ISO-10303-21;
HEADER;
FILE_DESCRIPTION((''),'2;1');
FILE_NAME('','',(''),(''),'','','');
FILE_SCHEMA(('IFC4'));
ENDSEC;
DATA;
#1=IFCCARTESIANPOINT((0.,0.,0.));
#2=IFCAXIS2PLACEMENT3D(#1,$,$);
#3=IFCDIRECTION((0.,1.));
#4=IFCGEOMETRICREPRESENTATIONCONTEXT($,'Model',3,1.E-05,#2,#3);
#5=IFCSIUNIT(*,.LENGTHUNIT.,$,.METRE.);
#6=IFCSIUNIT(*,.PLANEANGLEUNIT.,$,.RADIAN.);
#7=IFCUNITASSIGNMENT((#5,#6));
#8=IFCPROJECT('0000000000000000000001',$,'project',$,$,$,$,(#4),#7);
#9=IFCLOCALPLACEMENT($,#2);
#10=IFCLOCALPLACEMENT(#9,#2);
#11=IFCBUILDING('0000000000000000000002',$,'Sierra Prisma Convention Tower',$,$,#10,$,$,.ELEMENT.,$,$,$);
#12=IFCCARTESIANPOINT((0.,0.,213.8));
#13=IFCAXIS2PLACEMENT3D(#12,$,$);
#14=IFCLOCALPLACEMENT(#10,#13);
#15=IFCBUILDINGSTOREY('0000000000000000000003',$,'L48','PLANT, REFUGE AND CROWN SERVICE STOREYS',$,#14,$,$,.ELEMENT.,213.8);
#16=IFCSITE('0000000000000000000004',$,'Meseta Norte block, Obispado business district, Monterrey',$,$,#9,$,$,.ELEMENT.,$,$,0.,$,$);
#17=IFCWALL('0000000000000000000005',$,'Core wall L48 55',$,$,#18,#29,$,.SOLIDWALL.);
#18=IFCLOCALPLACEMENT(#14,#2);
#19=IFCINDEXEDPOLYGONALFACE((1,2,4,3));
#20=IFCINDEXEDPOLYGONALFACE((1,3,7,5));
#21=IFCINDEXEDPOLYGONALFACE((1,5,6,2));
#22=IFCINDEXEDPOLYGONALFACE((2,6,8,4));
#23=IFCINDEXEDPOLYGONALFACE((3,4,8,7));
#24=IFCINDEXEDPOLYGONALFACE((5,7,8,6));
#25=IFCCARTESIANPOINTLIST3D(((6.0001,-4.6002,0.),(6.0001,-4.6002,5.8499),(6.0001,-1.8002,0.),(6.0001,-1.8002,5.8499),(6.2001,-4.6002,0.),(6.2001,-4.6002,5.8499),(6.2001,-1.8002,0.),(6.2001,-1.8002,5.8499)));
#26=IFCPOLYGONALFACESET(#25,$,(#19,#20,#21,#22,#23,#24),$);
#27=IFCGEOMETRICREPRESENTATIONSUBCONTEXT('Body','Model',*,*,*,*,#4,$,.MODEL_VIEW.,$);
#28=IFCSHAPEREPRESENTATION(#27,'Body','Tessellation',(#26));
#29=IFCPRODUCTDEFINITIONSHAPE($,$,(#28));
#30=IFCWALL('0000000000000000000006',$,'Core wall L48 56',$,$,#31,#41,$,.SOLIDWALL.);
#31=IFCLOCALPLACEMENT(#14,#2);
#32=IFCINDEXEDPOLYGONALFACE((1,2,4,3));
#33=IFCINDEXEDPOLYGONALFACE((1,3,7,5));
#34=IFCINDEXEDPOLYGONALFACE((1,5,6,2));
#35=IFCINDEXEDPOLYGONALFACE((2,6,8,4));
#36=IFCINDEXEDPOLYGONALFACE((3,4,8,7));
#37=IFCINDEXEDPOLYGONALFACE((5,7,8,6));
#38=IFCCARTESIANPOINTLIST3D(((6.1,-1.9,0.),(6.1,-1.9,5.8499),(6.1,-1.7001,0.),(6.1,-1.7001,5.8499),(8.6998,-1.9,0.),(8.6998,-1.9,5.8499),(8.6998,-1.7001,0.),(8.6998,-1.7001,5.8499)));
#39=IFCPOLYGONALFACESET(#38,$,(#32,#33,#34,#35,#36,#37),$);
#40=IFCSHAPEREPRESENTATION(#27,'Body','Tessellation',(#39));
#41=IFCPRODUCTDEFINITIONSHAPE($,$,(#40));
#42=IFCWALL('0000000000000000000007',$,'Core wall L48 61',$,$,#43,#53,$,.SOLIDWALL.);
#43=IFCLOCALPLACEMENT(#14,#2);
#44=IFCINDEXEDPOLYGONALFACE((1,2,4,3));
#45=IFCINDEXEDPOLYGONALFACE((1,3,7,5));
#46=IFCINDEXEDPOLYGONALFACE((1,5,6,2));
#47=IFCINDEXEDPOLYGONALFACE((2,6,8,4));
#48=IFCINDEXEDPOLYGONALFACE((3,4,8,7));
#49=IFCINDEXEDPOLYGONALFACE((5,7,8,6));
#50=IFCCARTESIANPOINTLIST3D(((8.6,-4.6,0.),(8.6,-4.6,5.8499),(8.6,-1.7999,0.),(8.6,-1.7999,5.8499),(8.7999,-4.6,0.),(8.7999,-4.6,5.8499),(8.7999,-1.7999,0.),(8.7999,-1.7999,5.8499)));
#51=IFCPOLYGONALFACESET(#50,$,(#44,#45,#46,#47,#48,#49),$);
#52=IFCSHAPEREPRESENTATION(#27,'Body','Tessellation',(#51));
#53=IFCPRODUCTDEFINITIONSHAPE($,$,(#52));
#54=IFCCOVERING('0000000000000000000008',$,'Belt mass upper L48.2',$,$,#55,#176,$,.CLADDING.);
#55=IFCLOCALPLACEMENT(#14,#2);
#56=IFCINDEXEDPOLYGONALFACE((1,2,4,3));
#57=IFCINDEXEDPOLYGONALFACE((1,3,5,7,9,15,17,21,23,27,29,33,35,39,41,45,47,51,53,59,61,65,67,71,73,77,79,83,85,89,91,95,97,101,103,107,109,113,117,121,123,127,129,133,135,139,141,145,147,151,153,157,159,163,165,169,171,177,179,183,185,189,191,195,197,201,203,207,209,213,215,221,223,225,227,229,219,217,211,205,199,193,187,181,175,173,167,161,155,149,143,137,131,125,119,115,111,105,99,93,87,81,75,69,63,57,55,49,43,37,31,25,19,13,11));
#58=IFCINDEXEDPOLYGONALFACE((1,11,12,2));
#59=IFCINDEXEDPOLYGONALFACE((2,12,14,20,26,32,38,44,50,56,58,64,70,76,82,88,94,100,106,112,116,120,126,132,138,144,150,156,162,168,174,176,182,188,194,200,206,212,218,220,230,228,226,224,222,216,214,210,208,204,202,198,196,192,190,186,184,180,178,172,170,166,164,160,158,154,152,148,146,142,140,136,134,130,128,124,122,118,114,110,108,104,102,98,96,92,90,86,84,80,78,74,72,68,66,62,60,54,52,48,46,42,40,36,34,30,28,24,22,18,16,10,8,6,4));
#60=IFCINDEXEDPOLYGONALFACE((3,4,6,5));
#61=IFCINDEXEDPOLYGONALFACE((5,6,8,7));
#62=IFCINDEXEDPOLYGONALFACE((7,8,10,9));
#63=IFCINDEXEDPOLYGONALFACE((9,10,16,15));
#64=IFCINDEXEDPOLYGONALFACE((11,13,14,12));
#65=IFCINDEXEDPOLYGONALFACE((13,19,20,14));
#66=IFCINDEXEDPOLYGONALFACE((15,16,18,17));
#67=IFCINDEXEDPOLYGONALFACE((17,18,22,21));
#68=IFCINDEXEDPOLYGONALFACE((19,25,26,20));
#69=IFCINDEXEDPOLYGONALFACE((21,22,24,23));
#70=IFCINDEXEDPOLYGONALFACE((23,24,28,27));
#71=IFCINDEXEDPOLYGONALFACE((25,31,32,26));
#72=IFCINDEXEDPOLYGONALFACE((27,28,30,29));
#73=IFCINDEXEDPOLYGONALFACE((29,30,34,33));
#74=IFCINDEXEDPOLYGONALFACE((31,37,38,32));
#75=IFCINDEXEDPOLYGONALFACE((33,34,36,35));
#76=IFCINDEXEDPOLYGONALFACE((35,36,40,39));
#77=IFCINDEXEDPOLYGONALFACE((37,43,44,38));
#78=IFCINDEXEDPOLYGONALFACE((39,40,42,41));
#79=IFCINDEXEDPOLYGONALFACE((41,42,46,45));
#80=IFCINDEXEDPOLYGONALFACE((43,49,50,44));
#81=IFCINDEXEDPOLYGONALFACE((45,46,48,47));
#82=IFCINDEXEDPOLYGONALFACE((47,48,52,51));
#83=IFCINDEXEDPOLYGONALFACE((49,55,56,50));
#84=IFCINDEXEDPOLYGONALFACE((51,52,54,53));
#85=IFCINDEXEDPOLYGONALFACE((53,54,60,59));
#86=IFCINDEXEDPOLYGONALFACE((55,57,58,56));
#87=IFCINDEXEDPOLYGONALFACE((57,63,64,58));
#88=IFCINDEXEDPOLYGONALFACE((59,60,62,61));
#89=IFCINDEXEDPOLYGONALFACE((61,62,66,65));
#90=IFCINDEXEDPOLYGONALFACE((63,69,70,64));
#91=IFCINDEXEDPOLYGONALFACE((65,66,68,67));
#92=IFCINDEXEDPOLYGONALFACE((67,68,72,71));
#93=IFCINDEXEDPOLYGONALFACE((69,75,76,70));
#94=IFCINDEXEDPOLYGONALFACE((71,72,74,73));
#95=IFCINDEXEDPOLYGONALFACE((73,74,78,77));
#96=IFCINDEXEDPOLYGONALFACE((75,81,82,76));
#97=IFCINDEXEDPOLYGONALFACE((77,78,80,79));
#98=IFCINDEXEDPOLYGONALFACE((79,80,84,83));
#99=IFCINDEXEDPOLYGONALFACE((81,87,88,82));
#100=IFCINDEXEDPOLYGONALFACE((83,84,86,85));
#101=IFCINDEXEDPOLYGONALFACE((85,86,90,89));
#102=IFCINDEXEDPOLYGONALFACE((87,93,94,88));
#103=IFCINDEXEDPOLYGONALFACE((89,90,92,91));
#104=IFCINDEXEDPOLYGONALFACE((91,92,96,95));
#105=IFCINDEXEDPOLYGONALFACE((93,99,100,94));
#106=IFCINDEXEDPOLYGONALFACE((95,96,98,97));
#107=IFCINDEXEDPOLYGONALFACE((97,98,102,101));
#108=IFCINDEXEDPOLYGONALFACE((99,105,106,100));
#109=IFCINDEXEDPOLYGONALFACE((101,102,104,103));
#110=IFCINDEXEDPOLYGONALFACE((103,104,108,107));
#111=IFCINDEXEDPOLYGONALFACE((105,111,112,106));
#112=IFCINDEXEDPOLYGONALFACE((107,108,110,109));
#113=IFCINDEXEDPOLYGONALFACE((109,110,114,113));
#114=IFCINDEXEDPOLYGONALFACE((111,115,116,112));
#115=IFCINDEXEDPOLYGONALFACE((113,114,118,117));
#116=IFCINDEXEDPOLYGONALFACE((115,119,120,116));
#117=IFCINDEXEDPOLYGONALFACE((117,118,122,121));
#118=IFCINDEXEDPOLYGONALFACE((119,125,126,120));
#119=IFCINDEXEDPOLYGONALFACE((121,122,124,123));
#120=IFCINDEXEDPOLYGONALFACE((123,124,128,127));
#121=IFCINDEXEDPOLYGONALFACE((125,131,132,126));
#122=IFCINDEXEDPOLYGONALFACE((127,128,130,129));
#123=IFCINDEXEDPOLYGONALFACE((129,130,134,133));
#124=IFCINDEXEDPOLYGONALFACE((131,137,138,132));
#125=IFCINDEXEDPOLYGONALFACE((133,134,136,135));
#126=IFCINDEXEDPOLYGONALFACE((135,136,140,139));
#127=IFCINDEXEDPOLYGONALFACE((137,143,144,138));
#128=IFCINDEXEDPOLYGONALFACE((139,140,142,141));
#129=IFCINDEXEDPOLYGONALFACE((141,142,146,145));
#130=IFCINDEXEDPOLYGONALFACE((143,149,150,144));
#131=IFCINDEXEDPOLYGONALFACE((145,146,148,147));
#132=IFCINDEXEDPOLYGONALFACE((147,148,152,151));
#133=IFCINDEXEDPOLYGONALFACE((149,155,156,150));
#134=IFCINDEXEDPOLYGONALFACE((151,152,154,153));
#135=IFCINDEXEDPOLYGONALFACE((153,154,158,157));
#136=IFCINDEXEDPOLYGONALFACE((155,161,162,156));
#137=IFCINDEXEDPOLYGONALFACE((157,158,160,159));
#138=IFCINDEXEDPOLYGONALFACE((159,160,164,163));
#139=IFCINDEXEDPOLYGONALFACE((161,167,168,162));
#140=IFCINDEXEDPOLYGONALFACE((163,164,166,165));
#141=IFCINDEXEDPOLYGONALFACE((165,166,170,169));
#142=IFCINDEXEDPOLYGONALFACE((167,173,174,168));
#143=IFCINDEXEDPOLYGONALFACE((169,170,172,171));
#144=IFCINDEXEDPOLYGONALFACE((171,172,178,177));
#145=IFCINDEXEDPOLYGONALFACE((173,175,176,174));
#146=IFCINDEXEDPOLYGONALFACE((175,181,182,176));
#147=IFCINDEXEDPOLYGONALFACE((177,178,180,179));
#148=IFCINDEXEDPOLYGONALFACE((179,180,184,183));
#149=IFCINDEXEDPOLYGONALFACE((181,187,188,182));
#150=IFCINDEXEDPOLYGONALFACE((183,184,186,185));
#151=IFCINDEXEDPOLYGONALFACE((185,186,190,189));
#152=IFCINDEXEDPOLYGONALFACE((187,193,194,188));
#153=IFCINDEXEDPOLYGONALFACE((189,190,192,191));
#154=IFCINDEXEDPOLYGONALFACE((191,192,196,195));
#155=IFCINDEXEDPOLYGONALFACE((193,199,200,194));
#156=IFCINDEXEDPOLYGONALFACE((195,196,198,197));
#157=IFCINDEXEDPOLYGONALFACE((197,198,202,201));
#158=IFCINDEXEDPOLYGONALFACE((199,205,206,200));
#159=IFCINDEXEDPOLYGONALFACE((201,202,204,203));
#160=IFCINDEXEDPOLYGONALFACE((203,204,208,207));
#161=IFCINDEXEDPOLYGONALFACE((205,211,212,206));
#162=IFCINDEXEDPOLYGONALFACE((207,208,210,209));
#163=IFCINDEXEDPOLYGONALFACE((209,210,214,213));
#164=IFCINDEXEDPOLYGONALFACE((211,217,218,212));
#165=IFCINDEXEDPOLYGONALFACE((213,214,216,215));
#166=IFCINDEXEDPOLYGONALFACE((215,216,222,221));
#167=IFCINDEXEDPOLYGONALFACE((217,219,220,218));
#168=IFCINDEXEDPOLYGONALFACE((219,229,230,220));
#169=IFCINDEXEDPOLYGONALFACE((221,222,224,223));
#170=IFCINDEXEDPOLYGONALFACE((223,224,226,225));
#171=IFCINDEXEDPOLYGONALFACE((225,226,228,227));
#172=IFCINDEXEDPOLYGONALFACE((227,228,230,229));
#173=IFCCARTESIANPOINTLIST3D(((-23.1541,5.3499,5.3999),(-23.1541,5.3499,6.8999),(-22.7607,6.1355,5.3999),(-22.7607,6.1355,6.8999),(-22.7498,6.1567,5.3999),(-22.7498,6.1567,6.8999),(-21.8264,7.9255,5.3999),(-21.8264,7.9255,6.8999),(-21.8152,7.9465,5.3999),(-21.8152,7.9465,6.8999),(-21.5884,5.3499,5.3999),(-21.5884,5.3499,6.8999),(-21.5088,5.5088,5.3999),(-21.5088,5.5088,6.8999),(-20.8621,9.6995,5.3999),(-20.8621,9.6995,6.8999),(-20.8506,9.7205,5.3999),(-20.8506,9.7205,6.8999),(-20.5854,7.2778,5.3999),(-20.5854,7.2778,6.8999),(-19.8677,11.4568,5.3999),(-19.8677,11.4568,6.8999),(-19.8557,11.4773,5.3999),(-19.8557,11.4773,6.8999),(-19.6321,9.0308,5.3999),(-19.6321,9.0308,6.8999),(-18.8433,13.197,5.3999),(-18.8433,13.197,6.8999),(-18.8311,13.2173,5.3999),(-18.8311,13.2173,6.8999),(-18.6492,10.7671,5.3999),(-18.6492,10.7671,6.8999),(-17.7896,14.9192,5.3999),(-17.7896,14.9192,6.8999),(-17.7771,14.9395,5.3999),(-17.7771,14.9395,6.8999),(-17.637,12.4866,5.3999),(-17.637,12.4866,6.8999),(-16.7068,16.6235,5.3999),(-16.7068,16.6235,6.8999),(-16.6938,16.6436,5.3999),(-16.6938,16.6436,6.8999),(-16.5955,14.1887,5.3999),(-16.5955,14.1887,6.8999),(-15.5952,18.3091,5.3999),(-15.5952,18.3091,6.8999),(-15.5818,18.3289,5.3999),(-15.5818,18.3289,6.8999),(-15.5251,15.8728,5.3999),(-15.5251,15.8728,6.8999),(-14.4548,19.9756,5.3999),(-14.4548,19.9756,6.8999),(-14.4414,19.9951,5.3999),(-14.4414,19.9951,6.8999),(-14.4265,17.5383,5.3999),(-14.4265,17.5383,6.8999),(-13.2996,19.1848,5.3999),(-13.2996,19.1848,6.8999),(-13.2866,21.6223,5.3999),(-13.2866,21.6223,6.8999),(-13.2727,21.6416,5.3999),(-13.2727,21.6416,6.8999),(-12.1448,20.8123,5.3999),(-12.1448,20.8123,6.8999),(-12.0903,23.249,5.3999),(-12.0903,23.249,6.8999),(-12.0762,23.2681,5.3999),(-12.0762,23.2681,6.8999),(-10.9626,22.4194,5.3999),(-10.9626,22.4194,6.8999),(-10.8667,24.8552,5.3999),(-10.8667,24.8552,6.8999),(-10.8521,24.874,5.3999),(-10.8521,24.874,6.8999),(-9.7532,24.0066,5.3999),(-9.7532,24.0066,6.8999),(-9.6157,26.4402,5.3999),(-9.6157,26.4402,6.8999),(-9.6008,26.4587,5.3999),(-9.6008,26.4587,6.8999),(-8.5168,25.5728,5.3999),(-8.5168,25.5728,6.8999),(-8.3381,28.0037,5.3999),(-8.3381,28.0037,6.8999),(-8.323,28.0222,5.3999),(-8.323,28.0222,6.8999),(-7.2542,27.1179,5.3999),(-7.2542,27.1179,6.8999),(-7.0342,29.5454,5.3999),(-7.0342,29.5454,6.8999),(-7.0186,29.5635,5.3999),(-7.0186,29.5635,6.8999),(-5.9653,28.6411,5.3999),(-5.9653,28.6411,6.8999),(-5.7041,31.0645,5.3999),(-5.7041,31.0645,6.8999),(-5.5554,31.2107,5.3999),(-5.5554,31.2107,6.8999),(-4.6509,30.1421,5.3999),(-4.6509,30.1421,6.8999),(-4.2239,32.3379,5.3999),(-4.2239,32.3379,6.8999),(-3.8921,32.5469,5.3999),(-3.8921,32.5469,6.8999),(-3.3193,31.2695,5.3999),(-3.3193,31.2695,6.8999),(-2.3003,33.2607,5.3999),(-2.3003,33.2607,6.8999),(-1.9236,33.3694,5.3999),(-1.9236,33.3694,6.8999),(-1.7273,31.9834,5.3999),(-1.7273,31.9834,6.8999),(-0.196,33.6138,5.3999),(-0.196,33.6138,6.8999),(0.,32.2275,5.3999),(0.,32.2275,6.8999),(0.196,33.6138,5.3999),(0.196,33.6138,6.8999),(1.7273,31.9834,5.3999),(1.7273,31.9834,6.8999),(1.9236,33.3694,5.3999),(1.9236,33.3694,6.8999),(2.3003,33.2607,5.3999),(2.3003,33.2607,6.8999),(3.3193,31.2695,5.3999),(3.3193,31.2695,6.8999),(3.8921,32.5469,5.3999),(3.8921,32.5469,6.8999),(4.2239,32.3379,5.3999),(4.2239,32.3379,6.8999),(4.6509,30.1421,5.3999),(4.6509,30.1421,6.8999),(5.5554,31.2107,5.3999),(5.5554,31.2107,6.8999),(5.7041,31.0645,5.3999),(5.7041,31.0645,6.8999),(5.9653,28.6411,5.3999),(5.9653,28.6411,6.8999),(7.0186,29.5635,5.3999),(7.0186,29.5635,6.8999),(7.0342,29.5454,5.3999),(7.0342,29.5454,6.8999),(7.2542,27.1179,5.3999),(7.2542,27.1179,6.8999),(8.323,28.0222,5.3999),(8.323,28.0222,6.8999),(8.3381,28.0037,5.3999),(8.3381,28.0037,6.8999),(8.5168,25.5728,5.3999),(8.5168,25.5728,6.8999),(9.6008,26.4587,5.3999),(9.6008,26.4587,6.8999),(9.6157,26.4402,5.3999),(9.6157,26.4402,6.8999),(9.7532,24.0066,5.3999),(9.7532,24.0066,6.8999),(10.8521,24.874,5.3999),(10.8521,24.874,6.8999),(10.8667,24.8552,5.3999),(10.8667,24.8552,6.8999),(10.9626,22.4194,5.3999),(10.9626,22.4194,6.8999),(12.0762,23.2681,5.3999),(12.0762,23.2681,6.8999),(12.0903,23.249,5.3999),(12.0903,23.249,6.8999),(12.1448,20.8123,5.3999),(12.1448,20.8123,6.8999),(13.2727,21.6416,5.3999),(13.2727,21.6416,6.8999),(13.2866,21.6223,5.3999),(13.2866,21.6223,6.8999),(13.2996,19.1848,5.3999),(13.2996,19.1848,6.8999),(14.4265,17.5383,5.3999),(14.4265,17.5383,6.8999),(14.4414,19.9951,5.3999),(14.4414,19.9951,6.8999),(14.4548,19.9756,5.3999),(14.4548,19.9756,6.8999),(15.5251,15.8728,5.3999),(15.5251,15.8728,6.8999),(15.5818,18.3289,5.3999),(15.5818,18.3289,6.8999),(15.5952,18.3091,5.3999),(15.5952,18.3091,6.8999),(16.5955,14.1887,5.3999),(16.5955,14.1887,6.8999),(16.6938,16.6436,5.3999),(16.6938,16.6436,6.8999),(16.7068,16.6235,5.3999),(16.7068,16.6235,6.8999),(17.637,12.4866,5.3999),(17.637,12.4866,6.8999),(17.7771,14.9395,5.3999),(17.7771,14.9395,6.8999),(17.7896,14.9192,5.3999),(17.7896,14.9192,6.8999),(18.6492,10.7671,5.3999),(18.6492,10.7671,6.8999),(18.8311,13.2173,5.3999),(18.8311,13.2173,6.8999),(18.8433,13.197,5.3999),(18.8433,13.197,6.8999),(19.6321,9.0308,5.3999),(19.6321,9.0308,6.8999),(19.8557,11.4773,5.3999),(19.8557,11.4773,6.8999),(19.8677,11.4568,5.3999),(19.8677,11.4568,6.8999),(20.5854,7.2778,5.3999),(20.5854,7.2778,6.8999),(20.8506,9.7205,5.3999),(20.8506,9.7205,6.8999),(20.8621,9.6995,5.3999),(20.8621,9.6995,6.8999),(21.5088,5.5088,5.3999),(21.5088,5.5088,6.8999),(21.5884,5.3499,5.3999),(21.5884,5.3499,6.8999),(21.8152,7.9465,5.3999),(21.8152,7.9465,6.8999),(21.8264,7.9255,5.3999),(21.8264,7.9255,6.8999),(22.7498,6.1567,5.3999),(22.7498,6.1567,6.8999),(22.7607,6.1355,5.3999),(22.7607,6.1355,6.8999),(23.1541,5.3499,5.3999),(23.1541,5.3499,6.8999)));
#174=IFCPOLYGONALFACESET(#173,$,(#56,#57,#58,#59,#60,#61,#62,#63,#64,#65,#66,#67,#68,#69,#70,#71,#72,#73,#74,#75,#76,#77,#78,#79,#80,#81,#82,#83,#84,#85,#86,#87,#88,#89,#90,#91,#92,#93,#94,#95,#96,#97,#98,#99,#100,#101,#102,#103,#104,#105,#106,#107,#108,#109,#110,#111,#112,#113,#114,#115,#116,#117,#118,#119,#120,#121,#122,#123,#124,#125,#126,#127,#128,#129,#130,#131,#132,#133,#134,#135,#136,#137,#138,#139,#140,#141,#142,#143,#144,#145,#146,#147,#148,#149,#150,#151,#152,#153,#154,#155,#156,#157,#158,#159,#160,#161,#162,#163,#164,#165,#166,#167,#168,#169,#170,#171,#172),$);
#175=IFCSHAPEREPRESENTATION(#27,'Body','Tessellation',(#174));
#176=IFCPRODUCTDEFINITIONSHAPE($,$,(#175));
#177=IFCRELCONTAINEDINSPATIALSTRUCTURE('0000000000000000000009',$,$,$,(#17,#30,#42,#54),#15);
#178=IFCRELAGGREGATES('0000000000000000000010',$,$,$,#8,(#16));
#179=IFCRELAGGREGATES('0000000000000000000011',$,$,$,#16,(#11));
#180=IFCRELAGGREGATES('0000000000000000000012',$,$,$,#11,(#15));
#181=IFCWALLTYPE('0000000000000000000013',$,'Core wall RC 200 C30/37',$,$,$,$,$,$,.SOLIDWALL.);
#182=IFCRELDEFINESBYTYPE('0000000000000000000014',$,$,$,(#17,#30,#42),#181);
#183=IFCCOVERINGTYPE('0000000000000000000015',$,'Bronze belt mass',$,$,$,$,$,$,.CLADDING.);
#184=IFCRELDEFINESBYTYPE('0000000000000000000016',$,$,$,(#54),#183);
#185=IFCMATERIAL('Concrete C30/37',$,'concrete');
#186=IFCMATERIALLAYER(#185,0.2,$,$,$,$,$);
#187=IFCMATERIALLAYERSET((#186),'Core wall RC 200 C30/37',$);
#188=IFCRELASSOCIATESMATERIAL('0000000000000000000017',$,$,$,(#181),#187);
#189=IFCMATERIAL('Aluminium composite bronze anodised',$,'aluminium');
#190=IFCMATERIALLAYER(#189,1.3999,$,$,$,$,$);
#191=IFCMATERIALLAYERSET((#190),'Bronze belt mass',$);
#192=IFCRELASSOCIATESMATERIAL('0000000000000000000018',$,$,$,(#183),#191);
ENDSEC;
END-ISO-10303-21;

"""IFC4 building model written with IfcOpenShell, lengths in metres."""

from ifc_helpers import new_model, si_unit, direction, frame, frame_2d, origin, place, context, subcontext, project, spatial, polyline, rectangle, outline, extrude, material, layer, layer_set, type_object, element, save


model = new_model("IFC4")

# Units and contexts
model_context = context("Model", 3, precision=1e-05, world=origin(), true_north=direction((0.0, 1.0)))
body_context = subcontext(model_context, "Body", "Model", "MODEL_VIEW")
ifc_project = project(units=[si_unit("LENGTHUNIT", "METRE"), si_unit("PLANEANGLEUNIT", "RADIAN")], contexts=[model_context])

# Site, building, storey
site_placement = place(None, origin())
site = spatial("IfcSite", under=ifc_project, at=site_placement, Name="Meseta Norte block, Obispado business district, Monterrey", CompositionType="ELEMENT", RefElevation=0.0)
building_placement = place(site_placement, origin())
building = spatial("IfcBuilding", under=site, at=building_placement, Name="Sierra Prisma Convention Tower", CompositionType="ELEMENT")
storey_placement = place(building_placement, frame((0.0, 0.0, 213.8)))
storey = spatial("IfcBuildingStorey", under=building, at=storey_placement, Name="L48", Description="PLANT, REFUGE AND CROWN SERVICE STOREYS", CompositionType="ELEMENT", Elevation=213.8)

# Shared definitions
ifc_material_1 = material(Name="Concrete C30/37", Category="concrete")
ifc_layer_1 = layer(ifc_material_1, 0.2)
ifc_layer_set_1 = layer_set([ifc_layer_1], Name="Core wall RC 200 C30/37")
wall_type = type_object("IfcWallType", Name="Core wall RC 200 C30/37", PredefinedType="SOLIDWALL", material=ifc_layer_set_1)

# Walls
wall_1_placement = place(storey_placement, frame((6.1001, -4.6001, 0.0), z_axis=(0.0, 0.0, 1.0), x_axis=(0.0, 1.0, 0.0)))
element("IfcWall", 1, at=wall_1_placement, inside=storey, type_object=wall_type, Name="Core wall L48 55", PredefinedType="SOLIDWALL", context=body_context, shape_type="SweptSolid", body=[
    extrude(rectangle(XDim=2.8, YDim=0.2, at=frame_2d((1.3999, 0.0))), origin(), (0.0, 0.0, 1.0), 5.8499),
])
wall_2_placement = place(storey_placement, frame((6.1001, -1.8, 0.0), z_axis=(0.0, 0.0, 1.0), x_axis=(1.0, 0.0, 0.0)))
element("IfcWall", 2, at=wall_2_placement, inside=storey, type_object=wall_type, Name="Core wall L48 56", PredefinedType="SOLIDWALL", context=body_context, shape_type="SweptSolid", body=[
    extrude(rectangle(XDim=2.5999, YDim=0.2, at=frame_2d((1.2998, 0.0))), origin(), (0.0, 0.0, 1.0), 5.8499),
])

# Wall
wall_3_placement = place(storey_placement, frame((8.7, -1.8, 0.0), z_axis=(0.0, 0.0, 1.0), x_axis=(0.0, -1.0, 0.0)))
element("IfcWall", 3, at=wall_3_placement, inside=storey, type_object=wall_type, Name="Core wall L48 61", PredefinedType="SOLIDWALL", context=body_context, shape_type="SweptSolid", body=[
    extrude(rectangle(XDim=2.8, YDim=0.2, at=frame_2d((1.3999, 0.0))), origin(), (0.0, 0.0, 1.0), 5.8499),
])

# Covering
ifc_material_2 = material(Name="Aluminium composite bronze anodised", Category="aluminium")
ifc_layer_2 = layer(ifc_material_2, 1.3999)
ifc_layer_set_2 = layer_set([ifc_layer_2], Name="Bronze belt mass")
covering_type = type_object("IfcCoveringType", Name="Bronze belt mass", PredefinedType="CLADDING", material=ifc_layer_set_2)
covering_1_placement = place(storey_placement, frame((0.0, 0.0, 5.3999)))
element("IfcCovering", 4, at=covering_1_placement, inside=storey, type_object=covering_type, Name="Belt mass upper L48.2", PredefinedType="CLADDING", context=body_context, shape_type="SweptSolid", body=[
    extrude(outline(polyline([(-22.7607, 6.1355), (-22.7498, 6.1567), (-21.8264, 7.9255), (-21.8152, 7.9465), (-20.8621, 9.6995), (-20.8506, 9.7205), (-19.8677, 11.4568), (-19.8557, 11.4773), (-18.8433, 13.197), (-18.8311, 13.2173), (-17.7896, 14.9192), (-17.7771, 14.9395), (-16.7068, 16.6235), (-16.6938, 16.6436), (-15.5952, 18.3091), (-15.5818, 18.3289), (-14.4548, 19.9756), (-14.4414, 19.9951), (-13.2866, 21.6223), (-13.2727, 21.6416), (-12.0903, 23.249), (-12.0762, 23.2681), (-10.8667, 24.8552), (-10.8521, 24.874), (-9.6157, 26.4402), (-9.6008, 26.4587), (-8.3381, 28.0037), (-8.323, 28.0222), (-7.0342, 29.5454), (-7.0186, 29.5635), (-5.7041, 31.0645), (-5.5554, 31.2107), (-4.2239, 32.3379), (-3.8921, 32.5469), (-2.3003, 33.2607), (-1.9236, 33.3694), (-0.196, 33.6138), (0.196, 33.6138), (1.9236, 33.3694), (2.3003, 33.2607), (3.8921, 32.5469), (4.2239, 32.3379), (5.5554, 31.2107), (5.7041, 31.0645), (7.0186, 29.5635), (7.0342, 29.5454), (8.323, 28.0222), (8.3381, 28.0037), (9.6008, 26.4587), (9.6157, 26.4402), (10.8521, 24.874), (10.8667, 24.8552), (12.0762, 23.2681), (12.0903, 23.249), (13.2727, 21.6416), (13.2866, 21.6223), (14.4414, 19.9951), (14.4548, 19.9756), (15.5818, 18.3289), (15.5952, 18.3091), (16.6938, 16.6436), (16.7068, 16.6235), (17.7771, 14.9395), (17.7896, 14.9192), (18.8311, 13.2173), (18.8433, 13.197), (19.8557, 11.4773), (19.8677, 11.4568), (20.8506, 9.7205), (20.8621, 9.6995), (21.8152, 7.9465), (21.8264, 7.9255), (22.7498, 6.1567), (22.7607, 6.1355), (23.1541, 5.3499), (21.5884, 5.3499), (21.5088, 5.5088), (20.5854, 7.2778), (19.6321, 9.0308), (18.6492, 10.7671), (17.637, 12.4866), (16.5955, 14.1887), (15.5251, 15.8728), (14.4265, 17.5383), (13.2996, 19.1848), (12.1448, 20.8123), (10.9626, 22.4194), (9.7532, 24.0066), (8.5168, 25.5728), (7.2542, 27.1179), (5.9653, 28.6411), (4.6509, 30.1421), (3.3193, 31.2695), (1.7273, 31.9834), (0.0, 32.2275), (-1.7273, 31.9834), (-3.3193, 31.2695), (-4.6509, 30.1421), (-5.9653, 28.6411), (-7.2542, 27.1179), (-8.5168, 25.5728), (-9.7532, 24.0066), (-10.9626, 22.4194), (-12.1448, 20.8123), (-13.2996, 19.1848), (-14.4265, 17.5383), (-15.5251, 15.8728), (-16.5955, 14.1887), (-17.637, 12.4866), (-18.6492, 10.7671), (-19.6321, 9.0308), (-20.5854, 7.2778), (-21.5088, 5.5088), (-21.5884, 5.3499), (-23.1541, 5.3499), (-22.7607, 6.1355)])), origin(), (0.0, 0.0, 1.0), 1.5),
])

save(model, "model.ifc")
